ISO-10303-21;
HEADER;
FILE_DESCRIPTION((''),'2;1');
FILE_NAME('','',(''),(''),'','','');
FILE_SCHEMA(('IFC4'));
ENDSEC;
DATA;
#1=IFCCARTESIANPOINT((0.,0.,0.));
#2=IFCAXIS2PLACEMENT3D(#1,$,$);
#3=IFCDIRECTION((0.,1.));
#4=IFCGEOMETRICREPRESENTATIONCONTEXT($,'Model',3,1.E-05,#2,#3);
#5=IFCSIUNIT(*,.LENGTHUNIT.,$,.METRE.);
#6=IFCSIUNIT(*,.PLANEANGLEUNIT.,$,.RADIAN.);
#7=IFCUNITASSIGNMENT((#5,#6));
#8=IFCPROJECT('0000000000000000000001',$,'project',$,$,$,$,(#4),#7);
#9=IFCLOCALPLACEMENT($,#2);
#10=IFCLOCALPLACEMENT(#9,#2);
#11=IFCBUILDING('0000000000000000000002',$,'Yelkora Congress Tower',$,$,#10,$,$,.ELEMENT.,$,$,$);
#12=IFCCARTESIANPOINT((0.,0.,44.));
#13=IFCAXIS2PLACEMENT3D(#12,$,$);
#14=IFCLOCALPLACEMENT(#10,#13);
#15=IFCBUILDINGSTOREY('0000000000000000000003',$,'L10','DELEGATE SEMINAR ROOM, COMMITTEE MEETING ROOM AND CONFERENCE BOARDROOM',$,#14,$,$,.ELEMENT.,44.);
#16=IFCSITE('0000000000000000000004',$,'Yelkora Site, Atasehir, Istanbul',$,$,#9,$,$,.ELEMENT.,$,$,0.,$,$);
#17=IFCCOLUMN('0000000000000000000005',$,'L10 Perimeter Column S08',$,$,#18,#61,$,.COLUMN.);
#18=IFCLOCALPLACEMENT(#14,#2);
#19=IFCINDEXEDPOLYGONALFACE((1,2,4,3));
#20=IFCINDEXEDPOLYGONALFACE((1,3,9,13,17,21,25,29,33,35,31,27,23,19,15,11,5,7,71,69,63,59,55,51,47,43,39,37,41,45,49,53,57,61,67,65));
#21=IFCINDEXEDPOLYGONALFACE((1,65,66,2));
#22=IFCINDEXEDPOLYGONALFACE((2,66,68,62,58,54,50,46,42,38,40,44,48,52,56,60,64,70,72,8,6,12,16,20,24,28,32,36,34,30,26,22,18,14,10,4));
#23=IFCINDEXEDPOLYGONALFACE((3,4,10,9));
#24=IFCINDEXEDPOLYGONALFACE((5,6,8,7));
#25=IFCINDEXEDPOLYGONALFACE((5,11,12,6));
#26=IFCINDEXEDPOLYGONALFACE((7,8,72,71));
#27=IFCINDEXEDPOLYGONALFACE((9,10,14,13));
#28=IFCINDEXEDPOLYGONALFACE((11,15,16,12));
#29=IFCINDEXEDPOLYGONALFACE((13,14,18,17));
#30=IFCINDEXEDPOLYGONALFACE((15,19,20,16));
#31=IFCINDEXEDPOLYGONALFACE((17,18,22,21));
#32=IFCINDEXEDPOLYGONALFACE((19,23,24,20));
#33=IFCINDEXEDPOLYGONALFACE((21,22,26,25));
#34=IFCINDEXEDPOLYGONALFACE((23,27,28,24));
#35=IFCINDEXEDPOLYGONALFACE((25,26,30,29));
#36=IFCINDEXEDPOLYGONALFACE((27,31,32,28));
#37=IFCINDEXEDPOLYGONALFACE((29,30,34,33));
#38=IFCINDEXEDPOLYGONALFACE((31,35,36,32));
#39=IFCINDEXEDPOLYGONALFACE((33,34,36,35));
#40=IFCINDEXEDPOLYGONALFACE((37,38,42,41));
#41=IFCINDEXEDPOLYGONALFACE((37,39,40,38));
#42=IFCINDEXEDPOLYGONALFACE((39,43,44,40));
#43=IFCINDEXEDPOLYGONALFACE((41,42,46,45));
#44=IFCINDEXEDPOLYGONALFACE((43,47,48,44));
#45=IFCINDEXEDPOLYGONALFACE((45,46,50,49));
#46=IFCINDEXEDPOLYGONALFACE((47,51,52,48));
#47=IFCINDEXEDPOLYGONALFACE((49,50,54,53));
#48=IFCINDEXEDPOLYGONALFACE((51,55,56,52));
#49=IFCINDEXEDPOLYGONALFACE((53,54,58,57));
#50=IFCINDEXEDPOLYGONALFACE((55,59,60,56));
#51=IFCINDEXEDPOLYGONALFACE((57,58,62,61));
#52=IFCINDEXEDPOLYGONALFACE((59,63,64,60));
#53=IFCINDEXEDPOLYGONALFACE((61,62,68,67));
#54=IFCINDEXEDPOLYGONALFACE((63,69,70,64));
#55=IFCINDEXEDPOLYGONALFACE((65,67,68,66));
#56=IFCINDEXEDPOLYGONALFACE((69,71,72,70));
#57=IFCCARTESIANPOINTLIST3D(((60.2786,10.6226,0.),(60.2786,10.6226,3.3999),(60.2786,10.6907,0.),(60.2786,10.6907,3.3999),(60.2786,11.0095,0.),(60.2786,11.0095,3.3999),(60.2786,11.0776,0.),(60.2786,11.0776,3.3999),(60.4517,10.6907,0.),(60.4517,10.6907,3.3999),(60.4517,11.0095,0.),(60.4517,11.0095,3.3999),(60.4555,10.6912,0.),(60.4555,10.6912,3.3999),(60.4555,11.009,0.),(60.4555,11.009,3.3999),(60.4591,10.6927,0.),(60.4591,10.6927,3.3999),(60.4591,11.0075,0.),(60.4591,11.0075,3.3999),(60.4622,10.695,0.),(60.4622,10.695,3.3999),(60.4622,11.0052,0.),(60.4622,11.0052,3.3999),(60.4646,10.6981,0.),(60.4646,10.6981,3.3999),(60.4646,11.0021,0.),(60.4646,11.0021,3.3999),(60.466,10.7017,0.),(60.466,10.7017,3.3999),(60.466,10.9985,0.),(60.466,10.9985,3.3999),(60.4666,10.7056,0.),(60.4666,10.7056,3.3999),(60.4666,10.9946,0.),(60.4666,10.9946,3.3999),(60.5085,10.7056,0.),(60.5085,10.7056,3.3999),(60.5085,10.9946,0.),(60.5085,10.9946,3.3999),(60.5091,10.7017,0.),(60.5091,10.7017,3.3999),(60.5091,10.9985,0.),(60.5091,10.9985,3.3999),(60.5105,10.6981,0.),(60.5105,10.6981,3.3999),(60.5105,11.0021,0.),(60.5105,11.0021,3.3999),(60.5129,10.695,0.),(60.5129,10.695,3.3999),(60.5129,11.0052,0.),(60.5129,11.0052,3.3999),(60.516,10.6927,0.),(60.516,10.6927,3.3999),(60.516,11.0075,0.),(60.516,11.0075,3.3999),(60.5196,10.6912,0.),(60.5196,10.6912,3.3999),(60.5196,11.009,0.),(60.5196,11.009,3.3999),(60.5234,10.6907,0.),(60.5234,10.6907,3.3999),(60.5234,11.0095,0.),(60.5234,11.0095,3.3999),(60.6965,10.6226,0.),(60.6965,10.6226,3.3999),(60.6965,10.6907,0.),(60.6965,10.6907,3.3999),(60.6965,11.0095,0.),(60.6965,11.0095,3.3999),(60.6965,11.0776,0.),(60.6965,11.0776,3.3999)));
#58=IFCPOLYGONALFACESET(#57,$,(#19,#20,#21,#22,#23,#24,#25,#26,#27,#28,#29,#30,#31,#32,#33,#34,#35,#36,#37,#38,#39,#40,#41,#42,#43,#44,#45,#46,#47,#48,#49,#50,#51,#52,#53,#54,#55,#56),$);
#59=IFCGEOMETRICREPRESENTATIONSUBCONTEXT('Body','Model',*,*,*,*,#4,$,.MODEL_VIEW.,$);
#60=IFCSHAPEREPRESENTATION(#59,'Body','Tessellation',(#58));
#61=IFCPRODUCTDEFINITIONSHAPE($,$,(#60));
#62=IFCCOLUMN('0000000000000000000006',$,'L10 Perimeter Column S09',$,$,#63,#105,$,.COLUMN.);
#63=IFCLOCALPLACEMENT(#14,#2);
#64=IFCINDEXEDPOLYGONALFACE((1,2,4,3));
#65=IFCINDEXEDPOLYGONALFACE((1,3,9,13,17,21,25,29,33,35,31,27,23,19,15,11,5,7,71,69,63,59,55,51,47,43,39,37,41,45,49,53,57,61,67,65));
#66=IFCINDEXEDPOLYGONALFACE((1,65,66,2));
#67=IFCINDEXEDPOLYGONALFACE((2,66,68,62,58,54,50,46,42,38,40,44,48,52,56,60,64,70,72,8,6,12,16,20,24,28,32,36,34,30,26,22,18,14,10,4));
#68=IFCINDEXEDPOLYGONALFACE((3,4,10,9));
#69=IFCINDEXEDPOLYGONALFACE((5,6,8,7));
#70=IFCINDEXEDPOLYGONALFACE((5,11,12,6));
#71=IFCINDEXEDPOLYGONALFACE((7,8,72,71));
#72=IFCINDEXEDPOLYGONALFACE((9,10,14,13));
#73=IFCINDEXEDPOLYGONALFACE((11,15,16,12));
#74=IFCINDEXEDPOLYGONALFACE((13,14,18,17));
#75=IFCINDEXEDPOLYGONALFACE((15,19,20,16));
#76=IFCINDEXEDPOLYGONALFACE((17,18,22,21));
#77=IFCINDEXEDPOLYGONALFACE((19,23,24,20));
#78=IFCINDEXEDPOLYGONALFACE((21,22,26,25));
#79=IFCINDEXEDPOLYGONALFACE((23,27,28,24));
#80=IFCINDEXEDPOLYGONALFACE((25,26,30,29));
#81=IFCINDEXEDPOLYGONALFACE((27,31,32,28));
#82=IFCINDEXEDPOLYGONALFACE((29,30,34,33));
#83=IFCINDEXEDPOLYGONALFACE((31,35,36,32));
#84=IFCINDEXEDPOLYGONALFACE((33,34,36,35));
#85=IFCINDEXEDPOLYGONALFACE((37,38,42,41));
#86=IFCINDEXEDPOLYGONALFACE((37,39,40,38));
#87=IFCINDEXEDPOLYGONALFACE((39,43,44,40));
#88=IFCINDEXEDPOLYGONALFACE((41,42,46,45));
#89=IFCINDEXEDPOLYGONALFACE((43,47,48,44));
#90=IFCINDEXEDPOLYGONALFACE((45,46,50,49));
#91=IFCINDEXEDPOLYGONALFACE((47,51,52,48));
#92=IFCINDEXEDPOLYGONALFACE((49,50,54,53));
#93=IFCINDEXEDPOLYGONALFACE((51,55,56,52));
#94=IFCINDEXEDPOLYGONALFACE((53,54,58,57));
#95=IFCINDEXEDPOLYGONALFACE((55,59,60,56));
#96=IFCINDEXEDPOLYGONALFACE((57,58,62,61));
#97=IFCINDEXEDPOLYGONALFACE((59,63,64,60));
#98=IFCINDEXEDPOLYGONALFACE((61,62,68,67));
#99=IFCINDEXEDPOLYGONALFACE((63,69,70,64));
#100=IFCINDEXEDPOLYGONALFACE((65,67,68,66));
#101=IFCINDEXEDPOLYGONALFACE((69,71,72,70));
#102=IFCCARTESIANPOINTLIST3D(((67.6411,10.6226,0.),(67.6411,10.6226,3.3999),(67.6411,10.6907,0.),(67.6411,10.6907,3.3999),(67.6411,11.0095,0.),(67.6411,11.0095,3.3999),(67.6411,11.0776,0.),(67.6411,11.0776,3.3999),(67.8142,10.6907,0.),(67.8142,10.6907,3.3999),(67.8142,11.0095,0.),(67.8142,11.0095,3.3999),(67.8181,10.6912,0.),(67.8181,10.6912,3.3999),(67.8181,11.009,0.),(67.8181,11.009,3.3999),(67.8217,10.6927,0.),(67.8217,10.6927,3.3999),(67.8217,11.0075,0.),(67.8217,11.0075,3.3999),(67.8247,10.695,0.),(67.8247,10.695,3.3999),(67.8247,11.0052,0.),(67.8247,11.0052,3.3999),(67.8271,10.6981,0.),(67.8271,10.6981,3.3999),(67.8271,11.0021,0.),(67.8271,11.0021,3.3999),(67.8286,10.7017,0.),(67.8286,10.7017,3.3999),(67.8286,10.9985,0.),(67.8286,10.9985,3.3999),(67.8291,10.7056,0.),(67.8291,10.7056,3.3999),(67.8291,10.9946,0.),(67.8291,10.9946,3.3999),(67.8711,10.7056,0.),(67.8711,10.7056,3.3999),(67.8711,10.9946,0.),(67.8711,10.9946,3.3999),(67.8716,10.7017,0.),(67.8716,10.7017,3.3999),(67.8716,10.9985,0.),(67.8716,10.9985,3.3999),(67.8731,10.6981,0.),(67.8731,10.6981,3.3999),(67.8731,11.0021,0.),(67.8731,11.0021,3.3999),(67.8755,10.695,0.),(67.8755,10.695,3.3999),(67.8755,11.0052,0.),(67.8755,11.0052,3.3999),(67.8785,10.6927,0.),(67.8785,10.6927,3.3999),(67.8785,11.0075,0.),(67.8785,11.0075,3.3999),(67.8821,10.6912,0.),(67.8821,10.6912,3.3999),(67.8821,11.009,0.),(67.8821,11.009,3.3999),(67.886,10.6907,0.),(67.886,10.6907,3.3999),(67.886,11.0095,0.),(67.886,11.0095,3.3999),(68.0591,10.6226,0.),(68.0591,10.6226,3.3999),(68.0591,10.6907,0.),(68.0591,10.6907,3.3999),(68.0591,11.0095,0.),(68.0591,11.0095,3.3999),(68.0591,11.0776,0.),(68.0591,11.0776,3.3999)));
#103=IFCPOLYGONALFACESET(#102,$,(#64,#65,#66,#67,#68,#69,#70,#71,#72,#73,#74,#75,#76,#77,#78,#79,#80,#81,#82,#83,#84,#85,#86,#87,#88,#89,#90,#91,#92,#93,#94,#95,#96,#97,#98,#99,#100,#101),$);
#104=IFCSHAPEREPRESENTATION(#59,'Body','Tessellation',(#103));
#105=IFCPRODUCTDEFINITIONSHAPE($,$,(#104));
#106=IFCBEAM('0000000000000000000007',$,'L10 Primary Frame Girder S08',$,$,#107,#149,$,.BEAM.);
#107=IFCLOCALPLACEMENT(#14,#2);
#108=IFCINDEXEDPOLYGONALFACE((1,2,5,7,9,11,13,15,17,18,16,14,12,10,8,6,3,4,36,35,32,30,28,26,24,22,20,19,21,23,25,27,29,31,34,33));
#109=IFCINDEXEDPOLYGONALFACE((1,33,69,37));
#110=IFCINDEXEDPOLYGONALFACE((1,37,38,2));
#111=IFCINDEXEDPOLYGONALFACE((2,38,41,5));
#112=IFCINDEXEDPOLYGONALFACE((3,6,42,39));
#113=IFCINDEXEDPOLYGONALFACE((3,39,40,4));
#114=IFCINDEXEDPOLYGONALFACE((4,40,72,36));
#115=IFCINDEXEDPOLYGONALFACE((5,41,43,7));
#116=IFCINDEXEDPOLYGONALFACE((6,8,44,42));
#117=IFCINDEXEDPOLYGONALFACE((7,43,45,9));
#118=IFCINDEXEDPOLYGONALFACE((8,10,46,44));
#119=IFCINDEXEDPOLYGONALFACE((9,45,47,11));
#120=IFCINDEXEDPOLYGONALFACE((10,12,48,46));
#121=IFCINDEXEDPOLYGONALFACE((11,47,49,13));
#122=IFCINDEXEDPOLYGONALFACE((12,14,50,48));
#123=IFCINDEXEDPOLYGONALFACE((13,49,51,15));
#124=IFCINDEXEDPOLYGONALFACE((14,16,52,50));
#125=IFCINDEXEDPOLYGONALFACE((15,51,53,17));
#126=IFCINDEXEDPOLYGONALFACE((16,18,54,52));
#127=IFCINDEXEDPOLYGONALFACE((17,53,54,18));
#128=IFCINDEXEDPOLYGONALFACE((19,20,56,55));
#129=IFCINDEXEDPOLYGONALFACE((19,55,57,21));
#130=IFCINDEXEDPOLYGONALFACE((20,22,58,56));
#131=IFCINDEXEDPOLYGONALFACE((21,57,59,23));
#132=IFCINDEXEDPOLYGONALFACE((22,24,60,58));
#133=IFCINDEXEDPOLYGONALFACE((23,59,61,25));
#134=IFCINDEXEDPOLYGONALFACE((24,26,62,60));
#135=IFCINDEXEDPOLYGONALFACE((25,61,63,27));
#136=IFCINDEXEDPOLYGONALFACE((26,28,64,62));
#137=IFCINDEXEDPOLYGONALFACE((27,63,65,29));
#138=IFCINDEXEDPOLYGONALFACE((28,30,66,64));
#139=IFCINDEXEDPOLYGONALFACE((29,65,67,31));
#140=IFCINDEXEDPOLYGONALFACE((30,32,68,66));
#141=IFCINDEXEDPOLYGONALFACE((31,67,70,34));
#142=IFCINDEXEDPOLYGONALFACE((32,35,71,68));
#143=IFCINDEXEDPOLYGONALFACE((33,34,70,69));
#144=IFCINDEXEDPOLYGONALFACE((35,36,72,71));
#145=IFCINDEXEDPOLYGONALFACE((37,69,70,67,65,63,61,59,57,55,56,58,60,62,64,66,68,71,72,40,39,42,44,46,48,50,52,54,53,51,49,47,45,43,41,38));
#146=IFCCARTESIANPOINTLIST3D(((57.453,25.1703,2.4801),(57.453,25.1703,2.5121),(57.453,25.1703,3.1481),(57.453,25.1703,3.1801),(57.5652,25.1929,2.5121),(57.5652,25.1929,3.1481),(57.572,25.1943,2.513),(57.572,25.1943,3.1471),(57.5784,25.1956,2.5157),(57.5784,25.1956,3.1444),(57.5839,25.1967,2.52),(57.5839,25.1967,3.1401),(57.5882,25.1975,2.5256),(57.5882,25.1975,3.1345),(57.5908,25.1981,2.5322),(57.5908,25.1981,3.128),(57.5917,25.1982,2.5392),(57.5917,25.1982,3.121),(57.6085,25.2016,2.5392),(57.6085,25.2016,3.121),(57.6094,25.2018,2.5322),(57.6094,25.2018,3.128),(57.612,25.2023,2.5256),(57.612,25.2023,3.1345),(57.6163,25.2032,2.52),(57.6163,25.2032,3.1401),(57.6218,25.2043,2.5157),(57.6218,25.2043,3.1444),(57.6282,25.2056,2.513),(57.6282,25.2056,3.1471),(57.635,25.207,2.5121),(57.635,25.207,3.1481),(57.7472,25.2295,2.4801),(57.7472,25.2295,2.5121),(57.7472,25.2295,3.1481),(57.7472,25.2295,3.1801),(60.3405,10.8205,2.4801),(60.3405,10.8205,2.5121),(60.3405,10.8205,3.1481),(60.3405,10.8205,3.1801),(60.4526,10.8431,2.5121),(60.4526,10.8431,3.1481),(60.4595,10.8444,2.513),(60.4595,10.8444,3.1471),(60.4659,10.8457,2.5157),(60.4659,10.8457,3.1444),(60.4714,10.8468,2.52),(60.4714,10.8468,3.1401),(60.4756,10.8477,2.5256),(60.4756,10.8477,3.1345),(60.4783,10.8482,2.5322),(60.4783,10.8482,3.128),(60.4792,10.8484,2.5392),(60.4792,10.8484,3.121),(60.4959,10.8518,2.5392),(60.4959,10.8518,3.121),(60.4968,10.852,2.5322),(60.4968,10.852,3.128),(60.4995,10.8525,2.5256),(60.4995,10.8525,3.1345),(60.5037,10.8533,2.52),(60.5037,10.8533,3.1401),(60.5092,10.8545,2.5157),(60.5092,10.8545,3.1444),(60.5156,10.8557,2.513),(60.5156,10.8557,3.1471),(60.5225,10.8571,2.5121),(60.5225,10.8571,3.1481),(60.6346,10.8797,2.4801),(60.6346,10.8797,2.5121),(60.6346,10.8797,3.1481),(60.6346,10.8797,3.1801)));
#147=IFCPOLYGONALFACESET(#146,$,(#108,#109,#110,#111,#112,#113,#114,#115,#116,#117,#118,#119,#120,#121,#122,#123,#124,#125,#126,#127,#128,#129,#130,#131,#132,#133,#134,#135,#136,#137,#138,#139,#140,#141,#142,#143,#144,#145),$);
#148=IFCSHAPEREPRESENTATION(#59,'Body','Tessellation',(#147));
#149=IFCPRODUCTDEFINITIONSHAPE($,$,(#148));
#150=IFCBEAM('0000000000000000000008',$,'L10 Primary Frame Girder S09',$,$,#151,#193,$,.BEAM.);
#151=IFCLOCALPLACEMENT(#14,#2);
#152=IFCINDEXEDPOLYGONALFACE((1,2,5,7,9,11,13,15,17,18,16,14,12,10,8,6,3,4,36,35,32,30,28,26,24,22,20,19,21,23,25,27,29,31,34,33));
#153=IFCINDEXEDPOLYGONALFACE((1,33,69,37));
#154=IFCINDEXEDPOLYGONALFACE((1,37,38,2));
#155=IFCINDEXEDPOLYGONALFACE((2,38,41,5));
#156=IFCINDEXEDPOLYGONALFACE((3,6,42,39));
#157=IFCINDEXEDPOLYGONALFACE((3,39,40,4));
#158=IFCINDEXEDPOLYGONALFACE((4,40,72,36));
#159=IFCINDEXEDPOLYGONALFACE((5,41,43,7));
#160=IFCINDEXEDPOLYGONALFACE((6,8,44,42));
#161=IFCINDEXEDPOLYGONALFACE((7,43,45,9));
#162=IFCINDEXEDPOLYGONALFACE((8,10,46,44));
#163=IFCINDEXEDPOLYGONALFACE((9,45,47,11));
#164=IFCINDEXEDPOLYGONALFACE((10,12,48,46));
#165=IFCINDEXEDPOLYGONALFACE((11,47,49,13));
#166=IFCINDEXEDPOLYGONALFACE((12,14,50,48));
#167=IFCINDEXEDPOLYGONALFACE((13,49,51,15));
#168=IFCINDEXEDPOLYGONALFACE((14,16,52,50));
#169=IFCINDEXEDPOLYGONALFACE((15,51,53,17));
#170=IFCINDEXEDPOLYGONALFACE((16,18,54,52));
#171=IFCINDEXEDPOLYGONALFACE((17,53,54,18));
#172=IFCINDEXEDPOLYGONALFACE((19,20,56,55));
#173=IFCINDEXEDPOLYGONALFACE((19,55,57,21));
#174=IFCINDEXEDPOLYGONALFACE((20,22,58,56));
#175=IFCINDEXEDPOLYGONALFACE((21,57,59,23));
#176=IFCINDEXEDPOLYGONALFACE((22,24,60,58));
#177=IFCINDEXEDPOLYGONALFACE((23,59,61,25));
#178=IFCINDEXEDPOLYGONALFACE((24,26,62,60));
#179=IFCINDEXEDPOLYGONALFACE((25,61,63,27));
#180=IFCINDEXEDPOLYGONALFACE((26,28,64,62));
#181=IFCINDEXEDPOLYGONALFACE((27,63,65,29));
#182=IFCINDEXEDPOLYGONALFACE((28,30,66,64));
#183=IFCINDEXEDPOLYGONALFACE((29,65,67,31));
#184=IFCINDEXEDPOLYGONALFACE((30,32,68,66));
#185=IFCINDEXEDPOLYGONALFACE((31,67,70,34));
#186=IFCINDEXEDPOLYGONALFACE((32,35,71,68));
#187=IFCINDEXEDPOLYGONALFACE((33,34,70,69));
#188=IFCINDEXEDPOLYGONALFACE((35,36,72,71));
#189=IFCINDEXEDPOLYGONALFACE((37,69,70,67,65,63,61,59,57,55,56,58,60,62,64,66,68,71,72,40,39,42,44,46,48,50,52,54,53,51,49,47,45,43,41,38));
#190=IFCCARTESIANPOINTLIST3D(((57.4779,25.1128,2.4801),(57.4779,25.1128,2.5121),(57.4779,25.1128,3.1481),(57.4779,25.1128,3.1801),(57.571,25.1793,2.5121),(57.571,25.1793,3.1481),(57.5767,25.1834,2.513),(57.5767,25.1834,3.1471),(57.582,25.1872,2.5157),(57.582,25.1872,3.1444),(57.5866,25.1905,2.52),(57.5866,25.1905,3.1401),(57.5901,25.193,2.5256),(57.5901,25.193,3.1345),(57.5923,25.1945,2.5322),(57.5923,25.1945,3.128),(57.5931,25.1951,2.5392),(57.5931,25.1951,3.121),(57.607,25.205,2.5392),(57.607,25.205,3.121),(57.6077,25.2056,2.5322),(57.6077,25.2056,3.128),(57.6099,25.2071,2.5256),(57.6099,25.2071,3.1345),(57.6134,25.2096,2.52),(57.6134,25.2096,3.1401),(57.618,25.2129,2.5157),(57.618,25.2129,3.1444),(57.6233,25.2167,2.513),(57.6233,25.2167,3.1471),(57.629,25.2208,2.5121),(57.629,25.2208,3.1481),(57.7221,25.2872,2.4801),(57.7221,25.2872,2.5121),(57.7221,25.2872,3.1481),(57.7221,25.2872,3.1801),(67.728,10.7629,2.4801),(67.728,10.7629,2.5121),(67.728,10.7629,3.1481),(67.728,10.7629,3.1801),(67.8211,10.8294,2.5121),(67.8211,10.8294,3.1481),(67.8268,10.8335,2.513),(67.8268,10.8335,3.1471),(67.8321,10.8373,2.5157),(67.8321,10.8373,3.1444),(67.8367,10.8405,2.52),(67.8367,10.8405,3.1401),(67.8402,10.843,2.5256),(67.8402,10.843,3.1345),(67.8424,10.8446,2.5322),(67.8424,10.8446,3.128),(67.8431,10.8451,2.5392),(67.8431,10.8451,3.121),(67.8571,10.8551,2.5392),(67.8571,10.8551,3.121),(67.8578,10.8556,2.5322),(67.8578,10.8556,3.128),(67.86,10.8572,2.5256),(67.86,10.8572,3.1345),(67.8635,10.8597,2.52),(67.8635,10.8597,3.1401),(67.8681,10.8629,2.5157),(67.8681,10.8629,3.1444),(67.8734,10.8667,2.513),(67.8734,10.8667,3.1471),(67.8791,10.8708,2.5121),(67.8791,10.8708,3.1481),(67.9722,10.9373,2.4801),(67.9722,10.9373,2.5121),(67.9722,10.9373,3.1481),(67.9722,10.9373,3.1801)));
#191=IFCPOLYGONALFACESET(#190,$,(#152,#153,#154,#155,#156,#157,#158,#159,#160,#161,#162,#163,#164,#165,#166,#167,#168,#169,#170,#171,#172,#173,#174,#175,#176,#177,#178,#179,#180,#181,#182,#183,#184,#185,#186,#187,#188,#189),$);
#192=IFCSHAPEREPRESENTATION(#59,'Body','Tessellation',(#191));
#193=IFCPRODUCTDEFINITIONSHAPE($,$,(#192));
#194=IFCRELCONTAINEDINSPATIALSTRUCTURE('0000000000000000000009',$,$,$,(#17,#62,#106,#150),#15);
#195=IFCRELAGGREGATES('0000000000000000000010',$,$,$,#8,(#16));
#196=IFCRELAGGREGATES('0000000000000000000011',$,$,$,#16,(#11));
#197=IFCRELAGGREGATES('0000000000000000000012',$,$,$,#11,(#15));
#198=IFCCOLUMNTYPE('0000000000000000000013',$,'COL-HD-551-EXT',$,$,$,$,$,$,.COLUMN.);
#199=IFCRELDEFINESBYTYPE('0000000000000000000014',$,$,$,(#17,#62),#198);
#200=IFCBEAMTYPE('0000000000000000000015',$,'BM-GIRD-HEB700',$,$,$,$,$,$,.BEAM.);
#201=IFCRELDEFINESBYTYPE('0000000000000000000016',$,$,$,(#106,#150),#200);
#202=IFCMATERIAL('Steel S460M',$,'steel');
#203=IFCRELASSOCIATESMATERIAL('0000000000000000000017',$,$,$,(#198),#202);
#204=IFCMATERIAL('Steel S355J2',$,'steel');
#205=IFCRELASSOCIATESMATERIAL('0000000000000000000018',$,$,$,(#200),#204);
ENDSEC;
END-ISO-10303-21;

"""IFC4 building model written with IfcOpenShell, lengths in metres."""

from ifc_helpers import new_model, si_unit, direction, frame, origin, origin_2d, place, context, subcontext, project, spatial, i_section, extrude, material, material_profile, profile_set, type_object, element, save


model = new_model("IFC4")

# Units and contexts
model_context = context("Model", 3, precision=1e-05, world=origin(), true_north=direction((0.0, 1.0)))
body_context = subcontext(model_context, "Body", "Model", "MODEL_VIEW")
ifc_project = project(units=[si_unit("LENGTHUNIT", "METRE"), si_unit("PLANEANGLEUNIT", "RADIAN")], contexts=[model_context])

# Site, building, storey
site_placement = place(None, origin())
site = spatial("IfcSite", under=ifc_project, at=site_placement, Name="Yelkora Site, Atasehir, Istanbul", CompositionType="ELEMENT", RefElevation=0.0)
building_placement = place(site_placement, origin())
building = spatial("IfcBuilding", under=site, at=building_placement, Name="Yelkora Congress Tower", CompositionType="ELEMENT")
storey_placement = place(building_placement, frame((0.0, 0.0, 44.0)))
storey = spatial("IfcBuildingStorey", under=building, at=storey_placement, Name="L10", Description="DELEGATE SEMINAR ROOM, COMMITTEE MEETING ROOM AND CONFERENCE BOARDROOM", CompositionType="ELEMENT", Elevation=44.0)

# Columns
ifc_material_1 = material(Name="Steel S460M", Category="steel")
ifc_material_profile_1 = material_profile(ifc_material_1, i_section(OverallWidth=0.418, OverallDepth=0.4551, WebThickness=0.042, FlangeThickness=0.0681, FilletRadius=0.0149, at=origin_2d()), Name="HD 400x551")
ifc_profile_set_1 = profile_set([ifc_material_profile_1], Name="Steel S460M")
column_type = type_object("IfcColumnType", Name="COL-HD-551-EXT", PredefinedType="COLUMN", material=ifc_profile_set_1)
for number, where, z_axis, x_axis, name in (
    (1, (60.4875, 10.8501, 0.0), (0.0, 0.0, 1.0), (1.0, 0.0, 0.0), "L10 Perimeter Column S08"),
    (2, (67.8501, 10.8501, 0.0), (0.0, 0.0, 1.0), (1.0, 0.0, 0.0), "L10 Perimeter Column S09"),
):
    element("IfcColumn", number, at=place(storey_placement, frame(where, z_axis=z_axis, x_axis=x_axis)), inside=storey, type_object=column_type, Name=name, PredefinedType="COLUMN", context=body_context, shape_type="SweptSolid", body=[
        extrude(i_section(OverallWidth=0.418, OverallDepth=0.4551, WebThickness=0.042, FlangeThickness=0.0681, FilletRadius=0.0149, at=origin_2d()), origin(), (0.0, 0.0, 1.0), 3.3999),
    ])

# Beams
ifc_material_2 = material(Name="Steel S355J2", Category="steel")
ifc_material_profile_2 = material_profile(ifc_material_2, i_section(OverallWidth=0.3, OverallDepth=0.7, WebThickness=0.0171, FlangeThickness=0.032, FilletRadius=0.0271, at=origin_2d()), Name="HEB 700")
ifc_profile_set_2 = profile_set([ifc_material_profile_2], Name="Steel S355J2")
beam_type_1 = type_object("IfcBeamType", Name="BM-GIRD-HEB700", PredefinedType="BEAM", material=ifc_profile_set_2)
beam_1_placement = place(storey_placement, frame((60.4875, 10.8501, 2.8301), z_axis=(-0.197264, 0.98035, 0.0), x_axis=(-0.98035, -0.197264, 0.0)))
element("IfcBeam", 3, at=beam_1_placement, inside=storey, type_object=beam_type_1, Name="L10 Primary Frame Girder S08", PredefinedType="BEAM", context=body_context, shape_type="SweptSolid", body=[
    extrude(i_section(OverallWidth=0.3, OverallDepth=0.7, WebThickness=0.0171, FlangeThickness=0.032, FilletRadius=0.0271, at=origin_2d()), origin(), (0.0, 0.0, 1.0), 14.6375),
])
beam_2_placement = place(storey_placement, frame((67.8501, 10.8501, 2.8301), z_axis=(-0.581242, 0.813731, 0.0), x_axis=(-0.813731, -0.581242, 0.0)))
element("IfcBeam", 4, at=beam_2_placement, inside=storey, type_object=beam_type_1, Name="L10 Primary Frame Girder S09", PredefinedType="BEAM", context=body_context, shape_type="SweptSolid", body=[
    extrude(i_section(OverallWidth=0.3, OverallDepth=0.7, WebThickness=0.0171, FlangeThickness=0.032, FilletRadius=0.0271, at=origin_2d()), origin(), (0.0, 0.0, 1.0), 17.6348),
])

save(model, "model.ifc")
